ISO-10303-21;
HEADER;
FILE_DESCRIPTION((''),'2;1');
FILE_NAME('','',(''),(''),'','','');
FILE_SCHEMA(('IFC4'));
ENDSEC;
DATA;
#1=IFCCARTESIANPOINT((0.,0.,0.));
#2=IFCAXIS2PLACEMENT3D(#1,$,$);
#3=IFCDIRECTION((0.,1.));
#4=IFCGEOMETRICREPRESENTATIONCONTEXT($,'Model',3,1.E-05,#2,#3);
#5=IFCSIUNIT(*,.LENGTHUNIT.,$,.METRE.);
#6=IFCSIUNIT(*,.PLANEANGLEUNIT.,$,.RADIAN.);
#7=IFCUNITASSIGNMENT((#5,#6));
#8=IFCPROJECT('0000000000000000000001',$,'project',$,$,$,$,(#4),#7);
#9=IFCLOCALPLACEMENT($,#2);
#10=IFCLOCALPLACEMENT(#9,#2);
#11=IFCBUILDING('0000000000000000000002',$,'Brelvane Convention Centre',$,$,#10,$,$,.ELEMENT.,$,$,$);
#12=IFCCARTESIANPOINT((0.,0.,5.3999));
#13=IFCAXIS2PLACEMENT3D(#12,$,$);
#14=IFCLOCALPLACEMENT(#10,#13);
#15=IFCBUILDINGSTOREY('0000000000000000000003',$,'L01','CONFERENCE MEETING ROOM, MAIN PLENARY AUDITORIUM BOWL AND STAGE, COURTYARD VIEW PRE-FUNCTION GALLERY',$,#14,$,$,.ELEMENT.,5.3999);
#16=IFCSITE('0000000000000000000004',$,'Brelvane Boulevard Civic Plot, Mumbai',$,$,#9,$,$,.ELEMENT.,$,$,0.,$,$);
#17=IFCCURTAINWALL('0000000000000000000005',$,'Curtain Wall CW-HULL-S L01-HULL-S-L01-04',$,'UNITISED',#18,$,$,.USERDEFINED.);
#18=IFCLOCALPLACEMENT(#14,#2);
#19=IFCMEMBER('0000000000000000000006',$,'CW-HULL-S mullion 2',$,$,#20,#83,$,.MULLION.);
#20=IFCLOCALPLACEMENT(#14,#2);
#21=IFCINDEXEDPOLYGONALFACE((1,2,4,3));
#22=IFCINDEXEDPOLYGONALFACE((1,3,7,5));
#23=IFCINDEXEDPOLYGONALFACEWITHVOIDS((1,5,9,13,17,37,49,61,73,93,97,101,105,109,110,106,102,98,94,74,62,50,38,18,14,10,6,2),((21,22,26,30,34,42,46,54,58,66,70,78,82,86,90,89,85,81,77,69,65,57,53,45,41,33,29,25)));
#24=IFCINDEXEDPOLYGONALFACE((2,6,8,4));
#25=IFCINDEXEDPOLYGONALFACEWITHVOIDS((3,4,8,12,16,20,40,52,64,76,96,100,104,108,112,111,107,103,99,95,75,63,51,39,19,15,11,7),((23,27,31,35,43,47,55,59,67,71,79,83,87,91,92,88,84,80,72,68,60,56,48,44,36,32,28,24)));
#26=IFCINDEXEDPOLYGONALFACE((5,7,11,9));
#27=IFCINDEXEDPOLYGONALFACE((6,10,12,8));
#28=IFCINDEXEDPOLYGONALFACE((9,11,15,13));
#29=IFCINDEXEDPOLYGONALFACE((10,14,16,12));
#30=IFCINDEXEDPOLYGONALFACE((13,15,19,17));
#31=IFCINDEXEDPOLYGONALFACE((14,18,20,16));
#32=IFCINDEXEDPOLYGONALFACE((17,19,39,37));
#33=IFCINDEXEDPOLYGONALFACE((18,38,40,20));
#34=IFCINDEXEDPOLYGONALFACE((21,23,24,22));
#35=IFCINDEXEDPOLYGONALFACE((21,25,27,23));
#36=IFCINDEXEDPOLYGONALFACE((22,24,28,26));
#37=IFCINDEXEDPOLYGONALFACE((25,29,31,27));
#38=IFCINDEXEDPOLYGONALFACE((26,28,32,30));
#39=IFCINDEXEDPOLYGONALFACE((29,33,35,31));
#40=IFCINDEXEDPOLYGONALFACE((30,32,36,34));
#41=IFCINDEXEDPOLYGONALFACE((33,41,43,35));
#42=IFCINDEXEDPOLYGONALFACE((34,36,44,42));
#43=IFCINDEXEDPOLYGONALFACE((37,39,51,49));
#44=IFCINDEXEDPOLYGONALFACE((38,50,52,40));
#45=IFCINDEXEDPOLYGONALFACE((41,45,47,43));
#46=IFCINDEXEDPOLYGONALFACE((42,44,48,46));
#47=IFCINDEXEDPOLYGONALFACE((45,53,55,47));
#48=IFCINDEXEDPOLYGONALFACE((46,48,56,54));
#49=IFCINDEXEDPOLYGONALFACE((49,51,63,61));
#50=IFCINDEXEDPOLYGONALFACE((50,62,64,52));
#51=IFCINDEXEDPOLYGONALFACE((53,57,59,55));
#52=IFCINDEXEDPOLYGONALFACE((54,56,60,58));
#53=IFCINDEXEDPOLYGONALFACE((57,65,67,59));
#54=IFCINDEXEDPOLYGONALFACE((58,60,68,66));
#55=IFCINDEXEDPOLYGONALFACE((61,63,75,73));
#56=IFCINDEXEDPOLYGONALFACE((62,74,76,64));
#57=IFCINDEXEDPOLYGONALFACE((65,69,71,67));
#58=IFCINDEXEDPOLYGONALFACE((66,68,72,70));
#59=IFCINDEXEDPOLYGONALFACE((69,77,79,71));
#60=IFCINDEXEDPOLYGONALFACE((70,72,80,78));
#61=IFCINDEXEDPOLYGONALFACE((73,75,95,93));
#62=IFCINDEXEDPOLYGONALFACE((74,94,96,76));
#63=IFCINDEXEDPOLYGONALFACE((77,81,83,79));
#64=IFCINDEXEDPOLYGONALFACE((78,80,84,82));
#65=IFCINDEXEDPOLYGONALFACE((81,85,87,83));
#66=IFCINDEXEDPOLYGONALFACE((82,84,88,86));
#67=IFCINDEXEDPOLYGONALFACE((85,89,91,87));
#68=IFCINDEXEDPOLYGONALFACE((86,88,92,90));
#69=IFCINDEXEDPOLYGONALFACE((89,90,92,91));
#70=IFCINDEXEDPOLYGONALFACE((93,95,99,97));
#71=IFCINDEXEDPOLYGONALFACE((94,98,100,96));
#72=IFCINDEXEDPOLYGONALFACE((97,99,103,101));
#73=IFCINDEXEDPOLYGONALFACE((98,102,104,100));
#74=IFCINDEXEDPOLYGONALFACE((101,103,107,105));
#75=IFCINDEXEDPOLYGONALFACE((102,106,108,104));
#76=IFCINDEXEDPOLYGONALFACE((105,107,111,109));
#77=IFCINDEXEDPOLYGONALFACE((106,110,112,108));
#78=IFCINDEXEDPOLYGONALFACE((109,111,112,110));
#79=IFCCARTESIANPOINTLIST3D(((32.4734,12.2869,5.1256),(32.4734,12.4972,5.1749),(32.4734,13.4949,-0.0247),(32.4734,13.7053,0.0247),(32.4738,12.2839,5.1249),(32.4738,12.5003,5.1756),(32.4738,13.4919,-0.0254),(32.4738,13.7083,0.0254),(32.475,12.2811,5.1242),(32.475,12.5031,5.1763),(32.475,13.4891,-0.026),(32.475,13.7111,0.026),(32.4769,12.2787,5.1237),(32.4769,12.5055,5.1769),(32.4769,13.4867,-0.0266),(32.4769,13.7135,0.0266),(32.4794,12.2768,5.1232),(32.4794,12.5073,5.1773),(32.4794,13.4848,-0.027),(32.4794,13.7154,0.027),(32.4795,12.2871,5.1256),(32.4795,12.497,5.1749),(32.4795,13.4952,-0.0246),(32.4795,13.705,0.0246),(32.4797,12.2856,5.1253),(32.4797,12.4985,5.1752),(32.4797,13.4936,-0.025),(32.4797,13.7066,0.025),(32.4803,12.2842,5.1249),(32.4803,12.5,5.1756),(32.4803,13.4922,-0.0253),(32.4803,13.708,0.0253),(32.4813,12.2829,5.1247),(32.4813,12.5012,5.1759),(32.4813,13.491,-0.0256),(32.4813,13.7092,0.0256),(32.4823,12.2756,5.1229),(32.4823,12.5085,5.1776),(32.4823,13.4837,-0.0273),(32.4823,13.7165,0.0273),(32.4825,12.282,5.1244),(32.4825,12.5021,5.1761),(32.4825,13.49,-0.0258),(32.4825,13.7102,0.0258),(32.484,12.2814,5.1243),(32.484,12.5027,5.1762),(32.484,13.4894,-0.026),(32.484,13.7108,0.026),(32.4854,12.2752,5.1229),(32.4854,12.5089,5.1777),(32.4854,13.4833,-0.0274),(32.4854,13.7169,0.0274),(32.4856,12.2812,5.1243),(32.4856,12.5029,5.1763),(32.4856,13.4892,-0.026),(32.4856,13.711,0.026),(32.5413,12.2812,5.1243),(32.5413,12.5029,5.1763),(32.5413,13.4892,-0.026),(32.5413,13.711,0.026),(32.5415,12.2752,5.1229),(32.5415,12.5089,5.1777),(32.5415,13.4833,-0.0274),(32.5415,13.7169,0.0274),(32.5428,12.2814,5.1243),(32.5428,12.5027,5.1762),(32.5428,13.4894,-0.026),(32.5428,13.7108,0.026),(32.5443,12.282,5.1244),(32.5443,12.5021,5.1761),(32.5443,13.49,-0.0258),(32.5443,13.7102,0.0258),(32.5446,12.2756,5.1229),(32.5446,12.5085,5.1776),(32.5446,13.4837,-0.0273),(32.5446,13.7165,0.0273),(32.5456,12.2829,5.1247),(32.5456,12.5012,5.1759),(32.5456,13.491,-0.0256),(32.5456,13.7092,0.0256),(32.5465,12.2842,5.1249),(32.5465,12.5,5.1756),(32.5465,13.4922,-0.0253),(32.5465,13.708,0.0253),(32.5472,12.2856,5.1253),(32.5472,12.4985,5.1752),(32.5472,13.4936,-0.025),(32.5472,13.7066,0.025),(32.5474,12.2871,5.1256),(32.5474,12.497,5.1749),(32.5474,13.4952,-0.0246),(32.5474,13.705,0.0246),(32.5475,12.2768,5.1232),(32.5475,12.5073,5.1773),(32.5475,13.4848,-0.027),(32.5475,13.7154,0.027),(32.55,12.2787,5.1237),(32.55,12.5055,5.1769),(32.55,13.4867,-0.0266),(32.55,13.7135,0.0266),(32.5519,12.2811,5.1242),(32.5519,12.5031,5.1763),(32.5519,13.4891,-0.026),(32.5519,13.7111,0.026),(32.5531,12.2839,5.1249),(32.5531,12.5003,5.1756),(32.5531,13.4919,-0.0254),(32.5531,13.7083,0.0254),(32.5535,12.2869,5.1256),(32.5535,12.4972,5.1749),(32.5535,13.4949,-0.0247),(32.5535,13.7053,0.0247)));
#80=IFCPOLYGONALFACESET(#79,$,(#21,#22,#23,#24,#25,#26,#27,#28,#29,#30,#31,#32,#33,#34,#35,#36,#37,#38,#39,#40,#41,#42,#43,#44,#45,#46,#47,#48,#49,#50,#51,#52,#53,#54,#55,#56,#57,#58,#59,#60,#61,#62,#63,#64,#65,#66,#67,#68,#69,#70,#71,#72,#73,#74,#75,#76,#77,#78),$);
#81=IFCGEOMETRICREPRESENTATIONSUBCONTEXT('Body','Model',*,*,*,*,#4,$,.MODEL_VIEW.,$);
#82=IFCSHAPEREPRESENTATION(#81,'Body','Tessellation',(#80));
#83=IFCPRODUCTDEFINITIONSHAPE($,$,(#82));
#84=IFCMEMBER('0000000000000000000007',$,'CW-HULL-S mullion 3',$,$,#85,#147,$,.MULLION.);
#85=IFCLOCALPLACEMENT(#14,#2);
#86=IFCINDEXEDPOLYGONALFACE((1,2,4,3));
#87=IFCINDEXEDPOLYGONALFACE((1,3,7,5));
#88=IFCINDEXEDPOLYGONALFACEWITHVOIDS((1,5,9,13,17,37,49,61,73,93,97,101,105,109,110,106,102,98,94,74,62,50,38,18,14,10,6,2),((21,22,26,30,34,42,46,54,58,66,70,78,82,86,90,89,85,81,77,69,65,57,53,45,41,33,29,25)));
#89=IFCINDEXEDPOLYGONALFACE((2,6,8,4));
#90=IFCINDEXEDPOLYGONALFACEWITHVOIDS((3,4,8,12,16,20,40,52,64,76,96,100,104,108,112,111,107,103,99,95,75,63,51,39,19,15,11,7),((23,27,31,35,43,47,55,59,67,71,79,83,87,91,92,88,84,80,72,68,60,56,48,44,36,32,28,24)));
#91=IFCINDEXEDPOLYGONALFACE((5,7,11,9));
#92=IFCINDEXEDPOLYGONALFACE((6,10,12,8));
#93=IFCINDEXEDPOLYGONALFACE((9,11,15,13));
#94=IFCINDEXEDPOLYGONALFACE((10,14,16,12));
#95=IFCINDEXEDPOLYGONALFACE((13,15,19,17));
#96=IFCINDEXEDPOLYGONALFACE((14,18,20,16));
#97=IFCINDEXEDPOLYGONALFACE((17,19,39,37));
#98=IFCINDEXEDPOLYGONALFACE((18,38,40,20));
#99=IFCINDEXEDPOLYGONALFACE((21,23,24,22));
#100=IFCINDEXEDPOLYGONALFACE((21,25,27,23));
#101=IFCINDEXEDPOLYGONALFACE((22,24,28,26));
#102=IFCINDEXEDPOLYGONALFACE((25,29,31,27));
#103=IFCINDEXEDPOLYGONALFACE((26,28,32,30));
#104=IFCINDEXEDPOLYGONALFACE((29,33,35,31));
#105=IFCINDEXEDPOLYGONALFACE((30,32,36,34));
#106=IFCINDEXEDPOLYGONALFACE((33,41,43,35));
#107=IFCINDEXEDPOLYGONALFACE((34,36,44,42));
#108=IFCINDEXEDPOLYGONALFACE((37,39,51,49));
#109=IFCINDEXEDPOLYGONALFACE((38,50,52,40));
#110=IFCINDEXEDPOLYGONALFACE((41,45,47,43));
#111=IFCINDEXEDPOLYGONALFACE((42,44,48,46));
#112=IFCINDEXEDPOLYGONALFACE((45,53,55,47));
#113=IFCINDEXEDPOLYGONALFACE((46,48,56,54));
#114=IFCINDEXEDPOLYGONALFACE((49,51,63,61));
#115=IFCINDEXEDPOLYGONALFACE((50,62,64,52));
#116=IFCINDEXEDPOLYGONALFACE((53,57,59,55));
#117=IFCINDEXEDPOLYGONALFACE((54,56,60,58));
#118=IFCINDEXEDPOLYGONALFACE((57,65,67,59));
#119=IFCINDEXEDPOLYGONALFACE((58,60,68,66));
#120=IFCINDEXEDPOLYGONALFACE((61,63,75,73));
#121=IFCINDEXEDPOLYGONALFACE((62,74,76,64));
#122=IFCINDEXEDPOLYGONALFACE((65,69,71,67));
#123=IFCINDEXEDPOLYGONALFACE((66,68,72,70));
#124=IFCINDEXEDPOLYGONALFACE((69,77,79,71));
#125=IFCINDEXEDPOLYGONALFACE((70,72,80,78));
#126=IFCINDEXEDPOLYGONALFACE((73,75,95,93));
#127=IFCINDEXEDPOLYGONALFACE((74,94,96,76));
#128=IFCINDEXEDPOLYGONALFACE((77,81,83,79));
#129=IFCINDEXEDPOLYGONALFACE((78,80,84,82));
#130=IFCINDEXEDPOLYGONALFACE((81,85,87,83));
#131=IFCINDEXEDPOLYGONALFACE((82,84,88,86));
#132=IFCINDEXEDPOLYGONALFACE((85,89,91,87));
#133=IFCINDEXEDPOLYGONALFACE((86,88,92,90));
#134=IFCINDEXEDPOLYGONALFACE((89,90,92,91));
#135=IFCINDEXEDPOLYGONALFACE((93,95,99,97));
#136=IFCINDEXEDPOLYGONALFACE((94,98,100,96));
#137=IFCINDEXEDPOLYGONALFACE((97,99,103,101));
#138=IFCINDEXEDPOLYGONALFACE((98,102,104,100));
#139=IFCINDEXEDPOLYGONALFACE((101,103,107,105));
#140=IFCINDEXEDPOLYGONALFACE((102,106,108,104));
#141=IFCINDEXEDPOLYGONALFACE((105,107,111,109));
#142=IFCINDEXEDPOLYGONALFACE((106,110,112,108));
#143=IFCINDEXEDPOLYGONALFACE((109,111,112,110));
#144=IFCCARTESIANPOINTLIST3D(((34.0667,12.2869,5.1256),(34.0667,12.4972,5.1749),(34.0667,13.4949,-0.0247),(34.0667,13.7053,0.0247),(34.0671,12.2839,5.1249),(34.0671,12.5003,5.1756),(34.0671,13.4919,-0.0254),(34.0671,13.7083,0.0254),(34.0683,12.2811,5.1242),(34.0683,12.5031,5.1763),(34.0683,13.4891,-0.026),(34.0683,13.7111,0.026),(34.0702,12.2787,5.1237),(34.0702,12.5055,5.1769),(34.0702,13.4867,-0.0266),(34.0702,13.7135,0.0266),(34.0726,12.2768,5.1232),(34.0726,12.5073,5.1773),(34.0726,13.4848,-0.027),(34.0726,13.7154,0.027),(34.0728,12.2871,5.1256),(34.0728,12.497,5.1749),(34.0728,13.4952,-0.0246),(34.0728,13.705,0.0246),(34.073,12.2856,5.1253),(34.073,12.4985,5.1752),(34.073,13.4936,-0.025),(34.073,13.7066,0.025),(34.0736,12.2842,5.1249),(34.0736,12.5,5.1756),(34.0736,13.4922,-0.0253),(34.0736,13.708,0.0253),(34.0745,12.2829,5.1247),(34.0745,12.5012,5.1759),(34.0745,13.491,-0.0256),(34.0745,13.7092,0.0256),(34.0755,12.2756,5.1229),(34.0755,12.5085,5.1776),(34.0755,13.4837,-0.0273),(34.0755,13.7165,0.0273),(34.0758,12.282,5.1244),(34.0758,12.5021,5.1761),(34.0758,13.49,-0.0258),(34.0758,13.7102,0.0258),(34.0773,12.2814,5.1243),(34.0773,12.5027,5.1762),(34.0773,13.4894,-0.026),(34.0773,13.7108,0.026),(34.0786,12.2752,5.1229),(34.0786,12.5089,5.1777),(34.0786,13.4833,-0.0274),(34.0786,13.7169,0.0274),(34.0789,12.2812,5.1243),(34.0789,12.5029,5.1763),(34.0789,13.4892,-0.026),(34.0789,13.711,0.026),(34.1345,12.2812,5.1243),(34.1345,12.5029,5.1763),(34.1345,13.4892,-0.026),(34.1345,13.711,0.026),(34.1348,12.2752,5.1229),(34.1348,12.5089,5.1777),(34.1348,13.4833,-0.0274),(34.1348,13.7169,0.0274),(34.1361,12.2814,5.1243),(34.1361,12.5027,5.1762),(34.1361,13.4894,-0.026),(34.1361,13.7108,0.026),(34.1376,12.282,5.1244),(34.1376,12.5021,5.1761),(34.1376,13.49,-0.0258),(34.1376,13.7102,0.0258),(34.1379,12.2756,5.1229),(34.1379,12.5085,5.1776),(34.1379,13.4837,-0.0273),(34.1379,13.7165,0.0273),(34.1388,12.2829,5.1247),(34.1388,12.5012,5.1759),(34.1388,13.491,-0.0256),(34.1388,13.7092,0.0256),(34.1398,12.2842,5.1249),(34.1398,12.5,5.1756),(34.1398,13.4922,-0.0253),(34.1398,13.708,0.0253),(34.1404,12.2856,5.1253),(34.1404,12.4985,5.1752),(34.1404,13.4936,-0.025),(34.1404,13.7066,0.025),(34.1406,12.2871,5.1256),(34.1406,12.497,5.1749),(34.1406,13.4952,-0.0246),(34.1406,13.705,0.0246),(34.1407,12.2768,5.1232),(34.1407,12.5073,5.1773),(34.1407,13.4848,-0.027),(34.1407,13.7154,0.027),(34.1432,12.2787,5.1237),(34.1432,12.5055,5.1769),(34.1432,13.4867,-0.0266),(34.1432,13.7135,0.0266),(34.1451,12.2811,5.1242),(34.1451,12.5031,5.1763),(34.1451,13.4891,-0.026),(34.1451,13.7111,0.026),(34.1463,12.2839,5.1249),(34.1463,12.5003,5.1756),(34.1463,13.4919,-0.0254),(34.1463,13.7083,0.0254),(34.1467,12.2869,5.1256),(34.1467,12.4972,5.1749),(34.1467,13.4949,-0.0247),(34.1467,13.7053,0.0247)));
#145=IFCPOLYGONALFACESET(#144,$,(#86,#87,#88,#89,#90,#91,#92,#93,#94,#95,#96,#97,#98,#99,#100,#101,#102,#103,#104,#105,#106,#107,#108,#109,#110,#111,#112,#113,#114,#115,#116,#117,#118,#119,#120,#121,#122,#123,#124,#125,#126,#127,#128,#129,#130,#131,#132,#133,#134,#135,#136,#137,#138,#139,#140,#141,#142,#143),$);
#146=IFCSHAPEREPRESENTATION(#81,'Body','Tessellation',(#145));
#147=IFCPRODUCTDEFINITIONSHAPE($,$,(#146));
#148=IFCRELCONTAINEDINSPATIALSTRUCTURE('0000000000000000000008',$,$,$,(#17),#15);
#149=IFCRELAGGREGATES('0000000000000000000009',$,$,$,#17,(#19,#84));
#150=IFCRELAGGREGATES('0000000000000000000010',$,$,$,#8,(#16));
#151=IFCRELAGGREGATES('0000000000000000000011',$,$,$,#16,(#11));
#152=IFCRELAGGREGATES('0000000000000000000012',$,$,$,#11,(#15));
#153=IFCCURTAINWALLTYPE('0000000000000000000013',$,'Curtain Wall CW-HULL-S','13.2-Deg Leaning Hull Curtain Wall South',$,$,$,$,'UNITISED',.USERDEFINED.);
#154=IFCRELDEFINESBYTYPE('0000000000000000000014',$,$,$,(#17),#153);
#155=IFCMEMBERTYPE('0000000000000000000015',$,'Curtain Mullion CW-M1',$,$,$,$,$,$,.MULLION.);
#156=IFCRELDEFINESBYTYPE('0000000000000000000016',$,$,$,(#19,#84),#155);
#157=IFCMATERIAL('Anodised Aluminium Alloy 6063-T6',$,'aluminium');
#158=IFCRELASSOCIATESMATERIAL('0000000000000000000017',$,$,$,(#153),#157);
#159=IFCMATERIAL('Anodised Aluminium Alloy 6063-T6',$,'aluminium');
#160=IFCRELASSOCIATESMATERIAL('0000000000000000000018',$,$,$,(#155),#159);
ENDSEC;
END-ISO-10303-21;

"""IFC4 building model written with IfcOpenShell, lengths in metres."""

from ifc_helpers import new_model, si_unit, direction, frame, origin, origin_2d, place, context, subcontext, project, spatial, hollow_rectangle, extrude, material, material_profile, profile_set, type_object, element, aggregate, save


model = new_model("IFC4")

# Units and contexts
model_context = context("Model", 3, precision=1e-05, world=origin(), true_north=direction((0.0, 1.0)))
body_context = subcontext(model_context, "Body", "Model", "MODEL_VIEW")
ifc_project = project(units=[si_unit("LENGTHUNIT", "METRE"), si_unit("PLANEANGLEUNIT", "RADIAN")], contexts=[model_context])

# Site, building, storey
site_placement = place(None, origin())
site = spatial("IfcSite", under=ifc_project, at=site_placement, Name="Brelvane Boulevard Civic Plot, Mumbai", CompositionType="ELEMENT", RefElevation=0.0)
building_placement = place(site_placement, origin())
building = spatial("IfcBuilding", under=site, at=building_placement, Name="Brelvane Convention Centre", CompositionType="ELEMENT")
storey_placement = place(building_placement, frame((0.0, 0.0, 5.3999)))
storey = spatial("IfcBuildingStorey", under=building, at=storey_placement, Name="L01", Description="CONFERENCE MEETING ROOM, MAIN PLENARY AUDITORIUM BOWL AND STAGE, COURTYARD VIEW PRE-FUNCTION GALLERY", CompositionType="ELEMENT", Elevation=5.3999)

# Curtain wall, members
ifc_material_1 = material(Name="Anodised Aluminium Alloy 6063-T6", Category="aluminium")
curtain_wall_type = type_object("IfcCurtainWallType", Name="Curtain Wall CW-HULL-S", Description="13.2-Deg Leaning Hull Curtain Wall South", ElementType="UNITISED", PredefinedType="USERDEFINED", material=ifc_material_1)
ifc_material_2 = material(Name="Anodised Aluminium Alloy 6063-T6", Category="aluminium")
ifc_material_profile_1 = material_profile(ifc_material_2, hollow_rectangle(XDim=0.0801, YDim=0.24, WallThickness=0.0061, InnerFilletRadius=0.0061, OuterFilletRadius=0.012, at=origin_2d()), Name="ALU-M 240x80x6.0")
ifc_profile_set_1 = profile_set([ifc_material_profile_1], Name="Anodised Aluminium Alloy 6063-T6")
member_type_1 = type_object("IfcMemberType", Name="Curtain Mullion CW-M1", PredefinedType="MULLION", material=ifc_profile_set_1)
curtain_wall_1_placement = place(storey_placement, origin())
curtain_wall_1 = element("IfcCurtainWall", 1, at=curtain_wall_1_placement, inside=storey, type_object=curtain_wall_type, Name="Curtain Wall CW-HULL-S L01-HULL-S-L01-04", ObjectType="UNITISED", PredefinedType="USERDEFINED")
member_1_placement = place(storey_placement, frame((32.5134, 13.6001, 0.0), z_axis=(0.0, -0.22836, 0.973577), x_axis=(1.0, 0.0, 0.0)))
member_1 = element("IfcMember", 2, at=member_1_placement, type_object=member_type_1, Name="CW-HULL-S mullion 2", PredefinedType="MULLION", context=body_context, shape_type="SweptSolid", body=[
    extrude(hollow_rectangle(XDim=0.0801, YDim=0.24, WallThickness=0.0061, InnerFilletRadius=0.0061, OuterFilletRadius=0.012, at=origin_2d()), origin(), (0.0, 0.0, 1.0), 5.29),
])
member_2_placement = place(storey_placement, frame((34.1067, 13.6001, 0.0), z_axis=(0.0, -0.22836, 0.973577), x_axis=(1.0, 0.0, 0.0)))
member_2 = element("IfcMember", 3, at=member_2_placement, type_object=member_type_1, Name="CW-HULL-S mullion 3", PredefinedType="MULLION", context=body_context, shape_type="SweptSolid", body=[
    extrude(hollow_rectangle(XDim=0.0801, YDim=0.24, WallThickness=0.0061, InnerFilletRadius=0.0061, OuterFilletRadius=0.012, at=origin_2d()), origin(), (0.0, 0.0, 1.0), 5.29),
])

aggregate(curtain_wall_1, [member_1, member_2])

save(model, "model.ifc")
